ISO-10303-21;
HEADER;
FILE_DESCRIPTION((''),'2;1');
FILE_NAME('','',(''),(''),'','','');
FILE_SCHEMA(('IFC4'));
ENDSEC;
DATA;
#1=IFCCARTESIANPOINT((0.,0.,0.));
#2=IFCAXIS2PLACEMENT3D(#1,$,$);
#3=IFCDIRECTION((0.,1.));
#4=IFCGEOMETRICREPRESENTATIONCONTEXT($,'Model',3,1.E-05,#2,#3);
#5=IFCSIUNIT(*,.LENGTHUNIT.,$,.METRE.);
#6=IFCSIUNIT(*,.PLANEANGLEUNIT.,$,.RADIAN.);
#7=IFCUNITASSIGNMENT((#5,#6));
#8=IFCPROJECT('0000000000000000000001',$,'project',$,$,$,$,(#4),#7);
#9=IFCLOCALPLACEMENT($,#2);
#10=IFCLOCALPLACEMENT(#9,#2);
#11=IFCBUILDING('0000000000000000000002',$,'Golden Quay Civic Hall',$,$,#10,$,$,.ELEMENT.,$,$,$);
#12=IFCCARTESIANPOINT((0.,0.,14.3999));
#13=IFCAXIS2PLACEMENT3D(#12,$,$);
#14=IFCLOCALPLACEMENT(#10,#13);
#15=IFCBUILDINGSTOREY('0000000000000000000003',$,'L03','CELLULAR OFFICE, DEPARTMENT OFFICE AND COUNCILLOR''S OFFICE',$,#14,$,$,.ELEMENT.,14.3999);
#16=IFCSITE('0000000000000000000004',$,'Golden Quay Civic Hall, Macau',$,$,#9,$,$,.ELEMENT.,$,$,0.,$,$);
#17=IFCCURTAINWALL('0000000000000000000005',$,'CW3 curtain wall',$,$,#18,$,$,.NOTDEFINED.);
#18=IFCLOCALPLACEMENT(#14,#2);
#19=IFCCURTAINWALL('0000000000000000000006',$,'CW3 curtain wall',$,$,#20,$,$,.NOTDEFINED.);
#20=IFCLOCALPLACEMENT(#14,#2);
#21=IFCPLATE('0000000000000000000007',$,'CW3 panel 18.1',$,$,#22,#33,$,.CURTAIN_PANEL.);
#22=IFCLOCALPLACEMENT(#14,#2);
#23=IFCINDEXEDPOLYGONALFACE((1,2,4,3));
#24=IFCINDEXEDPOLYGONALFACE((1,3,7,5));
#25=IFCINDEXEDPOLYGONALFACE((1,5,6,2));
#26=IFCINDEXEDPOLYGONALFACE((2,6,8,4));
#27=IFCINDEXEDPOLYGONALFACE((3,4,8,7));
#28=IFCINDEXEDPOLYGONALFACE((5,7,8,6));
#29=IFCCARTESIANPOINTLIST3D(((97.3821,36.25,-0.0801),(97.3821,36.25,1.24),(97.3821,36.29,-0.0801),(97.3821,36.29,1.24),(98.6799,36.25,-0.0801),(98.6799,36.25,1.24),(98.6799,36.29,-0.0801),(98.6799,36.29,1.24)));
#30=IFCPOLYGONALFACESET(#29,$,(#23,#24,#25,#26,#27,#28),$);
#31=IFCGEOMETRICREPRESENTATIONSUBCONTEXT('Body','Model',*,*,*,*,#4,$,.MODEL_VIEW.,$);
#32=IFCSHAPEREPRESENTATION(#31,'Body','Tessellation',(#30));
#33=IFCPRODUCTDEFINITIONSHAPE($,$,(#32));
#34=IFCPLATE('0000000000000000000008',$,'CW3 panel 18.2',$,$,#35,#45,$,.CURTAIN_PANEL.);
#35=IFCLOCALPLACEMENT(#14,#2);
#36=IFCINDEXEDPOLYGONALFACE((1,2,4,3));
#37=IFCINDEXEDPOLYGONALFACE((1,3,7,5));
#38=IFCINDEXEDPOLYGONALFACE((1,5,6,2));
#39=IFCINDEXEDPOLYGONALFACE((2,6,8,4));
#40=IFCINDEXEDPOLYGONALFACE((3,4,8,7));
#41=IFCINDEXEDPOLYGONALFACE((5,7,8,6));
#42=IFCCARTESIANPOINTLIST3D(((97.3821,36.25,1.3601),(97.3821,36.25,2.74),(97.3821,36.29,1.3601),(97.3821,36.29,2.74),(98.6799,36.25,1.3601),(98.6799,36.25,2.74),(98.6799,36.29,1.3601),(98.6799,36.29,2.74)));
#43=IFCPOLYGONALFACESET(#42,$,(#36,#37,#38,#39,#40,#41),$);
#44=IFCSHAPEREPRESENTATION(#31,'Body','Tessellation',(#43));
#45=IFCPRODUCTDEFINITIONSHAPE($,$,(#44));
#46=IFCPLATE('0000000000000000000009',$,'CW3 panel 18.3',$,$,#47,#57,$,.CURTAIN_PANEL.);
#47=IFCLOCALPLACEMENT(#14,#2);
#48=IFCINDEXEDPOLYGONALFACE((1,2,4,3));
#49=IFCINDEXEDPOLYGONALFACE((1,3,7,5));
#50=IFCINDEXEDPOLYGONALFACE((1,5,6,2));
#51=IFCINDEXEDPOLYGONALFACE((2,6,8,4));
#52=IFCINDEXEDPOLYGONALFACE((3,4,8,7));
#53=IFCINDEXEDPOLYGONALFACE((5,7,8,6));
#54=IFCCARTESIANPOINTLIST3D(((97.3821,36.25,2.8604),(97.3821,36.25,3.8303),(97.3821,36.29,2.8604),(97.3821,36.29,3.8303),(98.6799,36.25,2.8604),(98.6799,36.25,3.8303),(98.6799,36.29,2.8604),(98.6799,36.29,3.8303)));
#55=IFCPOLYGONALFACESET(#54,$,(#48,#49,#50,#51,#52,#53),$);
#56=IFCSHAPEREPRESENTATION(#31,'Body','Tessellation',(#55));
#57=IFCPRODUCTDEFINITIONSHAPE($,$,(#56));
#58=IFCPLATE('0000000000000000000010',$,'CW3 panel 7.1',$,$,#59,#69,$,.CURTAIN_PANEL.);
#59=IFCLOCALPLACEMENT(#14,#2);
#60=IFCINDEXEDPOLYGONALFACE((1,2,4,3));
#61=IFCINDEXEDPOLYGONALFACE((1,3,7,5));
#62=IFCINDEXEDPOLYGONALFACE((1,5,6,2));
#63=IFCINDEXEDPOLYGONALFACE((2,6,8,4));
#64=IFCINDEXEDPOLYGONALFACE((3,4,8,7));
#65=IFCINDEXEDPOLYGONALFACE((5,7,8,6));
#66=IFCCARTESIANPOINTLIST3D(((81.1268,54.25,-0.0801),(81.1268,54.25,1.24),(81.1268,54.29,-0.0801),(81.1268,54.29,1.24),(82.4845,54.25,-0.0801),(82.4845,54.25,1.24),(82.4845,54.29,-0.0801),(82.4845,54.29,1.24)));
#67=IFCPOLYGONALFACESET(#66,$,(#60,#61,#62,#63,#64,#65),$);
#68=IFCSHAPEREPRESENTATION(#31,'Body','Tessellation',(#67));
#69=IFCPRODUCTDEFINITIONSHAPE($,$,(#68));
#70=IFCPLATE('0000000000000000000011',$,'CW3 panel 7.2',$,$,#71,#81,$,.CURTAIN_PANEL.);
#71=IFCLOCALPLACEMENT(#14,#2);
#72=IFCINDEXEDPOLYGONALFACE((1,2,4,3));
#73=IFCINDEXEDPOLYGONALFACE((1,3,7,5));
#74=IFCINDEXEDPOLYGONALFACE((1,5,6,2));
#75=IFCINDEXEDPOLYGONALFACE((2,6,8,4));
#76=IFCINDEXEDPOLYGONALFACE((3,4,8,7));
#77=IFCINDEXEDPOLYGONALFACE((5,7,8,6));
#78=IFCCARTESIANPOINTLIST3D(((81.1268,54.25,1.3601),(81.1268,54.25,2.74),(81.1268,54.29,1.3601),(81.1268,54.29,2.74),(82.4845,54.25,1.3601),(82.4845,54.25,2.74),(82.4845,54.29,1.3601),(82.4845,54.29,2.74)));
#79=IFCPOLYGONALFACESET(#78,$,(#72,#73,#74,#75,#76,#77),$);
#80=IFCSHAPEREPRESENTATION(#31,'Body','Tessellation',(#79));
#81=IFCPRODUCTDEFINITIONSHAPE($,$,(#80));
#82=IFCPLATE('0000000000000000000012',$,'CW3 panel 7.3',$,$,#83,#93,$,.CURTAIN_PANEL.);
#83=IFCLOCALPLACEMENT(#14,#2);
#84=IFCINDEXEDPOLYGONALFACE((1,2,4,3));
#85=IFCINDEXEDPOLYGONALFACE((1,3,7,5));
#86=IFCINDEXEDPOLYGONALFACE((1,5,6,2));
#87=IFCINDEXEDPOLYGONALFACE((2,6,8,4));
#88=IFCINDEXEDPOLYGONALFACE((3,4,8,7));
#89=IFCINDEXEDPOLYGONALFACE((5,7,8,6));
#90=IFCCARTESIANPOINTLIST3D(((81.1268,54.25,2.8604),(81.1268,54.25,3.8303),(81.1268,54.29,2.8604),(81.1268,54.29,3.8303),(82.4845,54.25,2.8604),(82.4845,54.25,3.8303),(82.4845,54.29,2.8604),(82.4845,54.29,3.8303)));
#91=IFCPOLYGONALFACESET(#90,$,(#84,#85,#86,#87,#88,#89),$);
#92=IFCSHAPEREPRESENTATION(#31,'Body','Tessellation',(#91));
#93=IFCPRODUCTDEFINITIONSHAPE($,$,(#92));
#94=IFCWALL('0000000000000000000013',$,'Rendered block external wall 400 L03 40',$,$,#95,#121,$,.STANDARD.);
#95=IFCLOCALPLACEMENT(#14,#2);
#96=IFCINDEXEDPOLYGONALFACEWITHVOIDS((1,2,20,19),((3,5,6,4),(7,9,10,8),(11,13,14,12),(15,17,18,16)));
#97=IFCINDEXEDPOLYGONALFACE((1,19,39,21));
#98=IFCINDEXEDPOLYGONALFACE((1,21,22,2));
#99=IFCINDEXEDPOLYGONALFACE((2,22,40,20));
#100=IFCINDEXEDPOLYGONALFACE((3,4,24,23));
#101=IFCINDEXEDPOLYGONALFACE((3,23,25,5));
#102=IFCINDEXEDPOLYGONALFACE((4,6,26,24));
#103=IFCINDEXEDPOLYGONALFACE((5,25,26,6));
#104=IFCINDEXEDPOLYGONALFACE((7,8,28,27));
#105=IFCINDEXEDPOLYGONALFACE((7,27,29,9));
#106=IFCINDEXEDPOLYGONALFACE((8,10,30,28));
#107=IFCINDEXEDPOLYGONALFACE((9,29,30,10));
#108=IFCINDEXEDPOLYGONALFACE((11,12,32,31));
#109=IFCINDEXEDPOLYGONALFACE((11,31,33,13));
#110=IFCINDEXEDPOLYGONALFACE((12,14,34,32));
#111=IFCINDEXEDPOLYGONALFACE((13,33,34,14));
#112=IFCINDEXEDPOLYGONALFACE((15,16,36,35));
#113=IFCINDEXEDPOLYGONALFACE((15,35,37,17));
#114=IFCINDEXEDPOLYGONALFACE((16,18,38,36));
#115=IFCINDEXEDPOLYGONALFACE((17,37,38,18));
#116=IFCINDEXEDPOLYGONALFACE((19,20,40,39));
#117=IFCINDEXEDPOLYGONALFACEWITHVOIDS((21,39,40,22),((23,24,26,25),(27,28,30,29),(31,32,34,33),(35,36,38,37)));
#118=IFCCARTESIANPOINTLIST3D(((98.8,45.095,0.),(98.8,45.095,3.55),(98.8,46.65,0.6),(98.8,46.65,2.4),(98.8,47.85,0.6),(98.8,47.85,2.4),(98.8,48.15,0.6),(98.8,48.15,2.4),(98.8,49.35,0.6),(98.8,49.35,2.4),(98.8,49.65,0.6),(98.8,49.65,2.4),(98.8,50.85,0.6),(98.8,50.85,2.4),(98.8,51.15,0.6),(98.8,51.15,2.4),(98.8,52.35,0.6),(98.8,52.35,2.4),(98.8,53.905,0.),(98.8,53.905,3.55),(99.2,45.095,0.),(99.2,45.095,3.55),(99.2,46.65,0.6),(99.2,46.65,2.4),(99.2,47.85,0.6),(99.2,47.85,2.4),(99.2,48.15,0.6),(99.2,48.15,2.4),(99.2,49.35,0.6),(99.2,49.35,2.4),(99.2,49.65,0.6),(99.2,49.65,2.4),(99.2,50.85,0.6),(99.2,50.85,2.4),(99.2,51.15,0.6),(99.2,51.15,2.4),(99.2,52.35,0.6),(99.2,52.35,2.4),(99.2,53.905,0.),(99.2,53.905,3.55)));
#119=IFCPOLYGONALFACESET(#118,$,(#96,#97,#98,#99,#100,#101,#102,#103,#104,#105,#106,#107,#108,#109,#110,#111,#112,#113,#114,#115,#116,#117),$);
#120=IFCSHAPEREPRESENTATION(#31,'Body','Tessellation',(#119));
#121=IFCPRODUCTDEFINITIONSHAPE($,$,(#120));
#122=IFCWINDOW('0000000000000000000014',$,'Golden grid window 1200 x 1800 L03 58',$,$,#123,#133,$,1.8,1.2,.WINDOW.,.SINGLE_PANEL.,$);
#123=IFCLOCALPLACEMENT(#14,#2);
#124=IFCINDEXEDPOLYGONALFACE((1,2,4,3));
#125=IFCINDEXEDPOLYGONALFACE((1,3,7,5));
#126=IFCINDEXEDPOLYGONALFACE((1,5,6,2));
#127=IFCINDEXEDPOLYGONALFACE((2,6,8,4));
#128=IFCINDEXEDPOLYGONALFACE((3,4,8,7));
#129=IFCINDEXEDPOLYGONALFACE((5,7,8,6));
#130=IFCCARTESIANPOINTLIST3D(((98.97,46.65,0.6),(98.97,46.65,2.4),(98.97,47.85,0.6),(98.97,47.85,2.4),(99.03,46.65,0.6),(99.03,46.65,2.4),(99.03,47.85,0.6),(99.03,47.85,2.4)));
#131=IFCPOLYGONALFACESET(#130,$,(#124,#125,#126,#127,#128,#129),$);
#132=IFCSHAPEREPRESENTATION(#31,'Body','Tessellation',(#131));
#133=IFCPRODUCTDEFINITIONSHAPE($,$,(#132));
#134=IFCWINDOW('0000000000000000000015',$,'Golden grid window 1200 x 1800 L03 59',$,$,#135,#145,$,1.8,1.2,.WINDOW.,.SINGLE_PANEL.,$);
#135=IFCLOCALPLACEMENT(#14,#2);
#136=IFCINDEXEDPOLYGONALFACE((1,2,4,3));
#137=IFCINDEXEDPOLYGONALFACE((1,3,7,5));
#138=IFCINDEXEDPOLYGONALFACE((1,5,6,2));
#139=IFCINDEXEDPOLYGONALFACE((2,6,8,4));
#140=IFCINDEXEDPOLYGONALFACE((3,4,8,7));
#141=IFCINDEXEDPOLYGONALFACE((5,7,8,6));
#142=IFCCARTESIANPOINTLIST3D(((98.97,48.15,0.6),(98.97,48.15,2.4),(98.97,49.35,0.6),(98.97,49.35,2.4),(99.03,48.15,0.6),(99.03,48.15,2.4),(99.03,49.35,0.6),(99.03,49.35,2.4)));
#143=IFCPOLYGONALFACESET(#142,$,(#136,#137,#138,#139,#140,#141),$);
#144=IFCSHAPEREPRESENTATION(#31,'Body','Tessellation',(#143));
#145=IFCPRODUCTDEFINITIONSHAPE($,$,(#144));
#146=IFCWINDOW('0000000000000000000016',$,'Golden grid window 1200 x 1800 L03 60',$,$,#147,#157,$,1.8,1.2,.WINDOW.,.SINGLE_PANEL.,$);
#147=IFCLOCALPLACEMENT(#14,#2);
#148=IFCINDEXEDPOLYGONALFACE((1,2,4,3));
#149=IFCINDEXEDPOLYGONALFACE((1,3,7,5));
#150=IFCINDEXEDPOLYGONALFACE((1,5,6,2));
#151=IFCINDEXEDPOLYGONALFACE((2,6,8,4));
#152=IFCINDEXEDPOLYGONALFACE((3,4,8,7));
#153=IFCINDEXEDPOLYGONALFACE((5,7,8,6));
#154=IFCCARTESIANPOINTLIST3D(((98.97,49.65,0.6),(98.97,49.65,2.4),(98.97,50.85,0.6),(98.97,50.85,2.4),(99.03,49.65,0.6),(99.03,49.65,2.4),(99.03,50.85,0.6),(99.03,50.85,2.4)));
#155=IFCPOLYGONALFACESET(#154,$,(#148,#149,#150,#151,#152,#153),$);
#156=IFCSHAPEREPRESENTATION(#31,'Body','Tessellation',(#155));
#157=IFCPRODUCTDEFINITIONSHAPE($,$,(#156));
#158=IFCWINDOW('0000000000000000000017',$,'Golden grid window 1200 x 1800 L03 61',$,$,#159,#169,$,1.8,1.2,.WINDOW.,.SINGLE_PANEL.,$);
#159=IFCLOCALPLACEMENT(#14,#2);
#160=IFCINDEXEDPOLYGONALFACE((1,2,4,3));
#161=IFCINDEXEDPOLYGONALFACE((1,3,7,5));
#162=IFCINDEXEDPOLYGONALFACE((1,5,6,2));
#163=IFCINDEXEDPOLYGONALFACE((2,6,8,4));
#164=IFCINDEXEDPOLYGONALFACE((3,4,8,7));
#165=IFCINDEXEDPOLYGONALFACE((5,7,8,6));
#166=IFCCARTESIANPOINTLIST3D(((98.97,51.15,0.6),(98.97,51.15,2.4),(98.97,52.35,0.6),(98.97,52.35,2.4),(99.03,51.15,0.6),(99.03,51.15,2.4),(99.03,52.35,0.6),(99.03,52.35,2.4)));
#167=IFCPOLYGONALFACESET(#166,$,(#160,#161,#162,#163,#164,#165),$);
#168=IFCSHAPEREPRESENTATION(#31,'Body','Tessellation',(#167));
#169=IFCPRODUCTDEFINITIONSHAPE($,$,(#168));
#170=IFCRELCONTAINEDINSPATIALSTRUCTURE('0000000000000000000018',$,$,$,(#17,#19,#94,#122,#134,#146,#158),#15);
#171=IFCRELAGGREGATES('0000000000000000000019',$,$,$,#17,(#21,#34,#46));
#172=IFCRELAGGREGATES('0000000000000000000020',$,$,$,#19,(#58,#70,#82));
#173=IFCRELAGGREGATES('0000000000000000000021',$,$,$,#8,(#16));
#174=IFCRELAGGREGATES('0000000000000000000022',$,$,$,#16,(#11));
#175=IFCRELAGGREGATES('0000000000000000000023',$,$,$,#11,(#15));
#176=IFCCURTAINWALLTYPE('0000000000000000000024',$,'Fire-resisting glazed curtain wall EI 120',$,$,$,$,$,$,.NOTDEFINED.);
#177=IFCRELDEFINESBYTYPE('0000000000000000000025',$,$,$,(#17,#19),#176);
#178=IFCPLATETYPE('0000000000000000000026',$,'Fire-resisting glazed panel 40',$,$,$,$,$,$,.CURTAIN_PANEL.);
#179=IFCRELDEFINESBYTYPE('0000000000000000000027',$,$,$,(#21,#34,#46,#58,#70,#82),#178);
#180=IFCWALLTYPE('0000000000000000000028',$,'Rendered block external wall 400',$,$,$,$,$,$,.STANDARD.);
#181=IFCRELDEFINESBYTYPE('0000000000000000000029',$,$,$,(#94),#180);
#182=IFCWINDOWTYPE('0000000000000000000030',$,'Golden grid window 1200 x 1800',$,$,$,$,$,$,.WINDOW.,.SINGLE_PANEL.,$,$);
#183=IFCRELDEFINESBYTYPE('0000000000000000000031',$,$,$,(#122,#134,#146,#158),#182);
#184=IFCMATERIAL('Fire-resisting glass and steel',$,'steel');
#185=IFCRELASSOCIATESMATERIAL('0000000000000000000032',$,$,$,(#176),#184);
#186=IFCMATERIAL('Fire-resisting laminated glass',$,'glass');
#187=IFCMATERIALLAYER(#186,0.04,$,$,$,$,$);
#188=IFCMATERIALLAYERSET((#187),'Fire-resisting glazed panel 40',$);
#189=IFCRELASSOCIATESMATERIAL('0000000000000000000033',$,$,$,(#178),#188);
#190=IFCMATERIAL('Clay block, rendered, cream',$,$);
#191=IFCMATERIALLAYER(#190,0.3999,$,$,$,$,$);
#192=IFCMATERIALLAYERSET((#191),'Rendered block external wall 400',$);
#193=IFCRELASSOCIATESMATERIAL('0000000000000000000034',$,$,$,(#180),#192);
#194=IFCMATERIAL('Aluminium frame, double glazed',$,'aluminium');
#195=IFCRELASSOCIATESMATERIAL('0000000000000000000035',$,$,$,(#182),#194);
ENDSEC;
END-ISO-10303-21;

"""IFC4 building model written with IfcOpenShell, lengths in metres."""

from ifc_helpers import new_model, si_unit, direction, frame, frame_2d, origin, origin_2d, place, context, subcontext, project, spatial, rectangle, extrude, material, layer, layer_set, type_object, element, fill, aggregate, save


model = new_model("IFC4")

# Units and contexts
model_context = context("Model", 3, precision=1e-05, world=origin(), true_north=direction((0.0, 1.0)))
body_context = subcontext(model_context, "Body", "Model", "MODEL_VIEW")
ifc_project = project(units=[si_unit("LENGTHUNIT", "METRE"), si_unit("PLANEANGLEUNIT", "RADIAN")], contexts=[model_context])

# Site, building, storey
site_placement = place(None, origin())
site = spatial("IfcSite", under=ifc_project, at=site_placement, Name="Golden Quay Civic Hall, Macau", CompositionType="ELEMENT", RefElevation=0.0)
building_placement = place(site_placement, origin())
building = spatial("IfcBuilding", under=site, at=building_placement, Name="Golden Quay Civic Hall", CompositionType="ELEMENT")
storey_placement = place(building_placement, frame((0.0, 0.0, 14.3999)))
storey = spatial("IfcBuildingStorey", under=building, at=storey_placement, Name="L03", Description="CELLULAR OFFICE, DEPARTMENT OFFICE AND COUNCILLOR'S OFFICE", CompositionType="ELEMENT", Elevation=14.3999)

# Curtain walls
ifc_material_1 = material(Name="Fire-resisting glass and steel", Category="steel")
curtain_wall_type_1 = type_object("IfcCurtainWallType", Name="Fire-resisting glazed curtain wall EI 120", PredefinedType="NOTDEFINED", material=ifc_material_1)
curtain_wall_1_placement = place(storey_placement, origin())
curtain_wall_1 = element("IfcCurtainWall", 1, at=curtain_wall_1_placement, inside=storey, type_object=curtain_wall_type_1, Name="CW3 curtain wall", PredefinedType="NOTDEFINED")
curtain_wall_2_placement = place(storey_placement, origin())
curtain_wall_2 = element("IfcCurtainWall", 2, at=curtain_wall_2_placement, inside=storey, type_object=curtain_wall_type_1, Name="CW3 curtain wall", PredefinedType="NOTDEFINED")

# Plates
ifc_material_2 = material(Name="Fire-resisting laminated glass", Category="glass")
ifc_layer_1 = layer(ifc_material_2, 0.04)
ifc_layer_set_1 = layer_set([ifc_layer_1], Name="Fire-resisting glazed panel 40")
plate_type = type_object("IfcPlateType", Name="Fire-resisting glazed panel 40", PredefinedType="CURTAIN_PANEL", material=ifc_layer_set_1)
plate_1_placement = place(storey_placement, frame((98.031, 36.27, -0.0801), z_axis=(0.0, 0.0, 1.0), x_axis=(1.0, 0.0, 0.0)))
plate_1 = element("IfcPlate", 3, at=plate_1_placement, type_object=plate_type, Name="CW3 panel 18.1", PredefinedType="CURTAIN_PANEL", context=body_context, shape_type="SweptSolid", body=[
    extrude(rectangle(XDim=1.2979, YDim=0.04, at=origin_2d()), origin(), (0.0, 0.0, 1.0), 1.3201),
])
plate_2_placement = place(storey_placement, frame((98.031, 36.27, 1.3601), z_axis=(0.0, 0.0, 1.0), x_axis=(1.0, 0.0, 0.0)))
plate_2 = element("IfcPlate", 4, at=plate_2_placement, type_object=plate_type, Name="CW3 panel 18.2", PredefinedType="CURTAIN_PANEL", context=body_context, shape_type="SweptSolid", body=[
    extrude(rectangle(XDim=1.2979, YDim=0.04, at=origin_2d()), origin(), (0.0, 0.0, 1.0), 1.3799),
])
plate_3_placement = place(storey_placement, frame((98.031, 36.27, 2.8604), z_axis=(0.0, 0.0, 1.0), x_axis=(1.0, 0.0, 0.0)))
plate_3 = element("IfcPlate", 5, at=plate_3_placement, type_object=plate_type, Name="CW3 panel 18.3", PredefinedType="CURTAIN_PANEL", context=body_context, shape_type="SweptSolid", body=[
    extrude(rectangle(XDim=1.2979, YDim=0.04, at=origin_2d()), origin(), (0.0, 0.0, 1.0), 0.97),
])
aggregate(curtain_wall_1, [plate_1, plate_2, plate_3])
plate_4_placement = place(storey_placement, frame((81.8057, 54.27, -0.0801), z_axis=(0.0, 0.0, 1.0), x_axis=(1.0, 0.0, 0.0)))
plate_4 = element("IfcPlate", 6, at=plate_4_placement, type_object=plate_type, Name="CW3 panel 7.1", PredefinedType="CURTAIN_PANEL", context=body_context, shape_type="SweptSolid", body=[
    extrude(rectangle(XDim=1.3577, YDim=0.04, at=origin_2d()), origin(), (0.0, 0.0, 1.0), 1.3201),
])
plate_5_placement = place(storey_placement, frame((81.8057, 54.27, 1.3601), z_axis=(0.0, 0.0, 1.0), x_axis=(1.0, 0.0, 0.0)))
plate_5 = element("IfcPlate", 7, at=plate_5_placement, type_object=plate_type, Name="CW3 panel 7.2", PredefinedType="CURTAIN_PANEL", context=body_context, shape_type="SweptSolid", body=[
    extrude(rectangle(XDim=1.3577, YDim=0.04, at=origin_2d()), origin(), (0.0, 0.0, 1.0), 1.3799),
])
plate_6_placement = place(storey_placement, frame((81.8057, 54.27, 2.8604), z_axis=(0.0, 0.0, 1.0), x_axis=(1.0, 0.0, 0.0)))
plate_6 = element("IfcPlate", 8, at=plate_6_placement, type_object=plate_type, Name="CW3 panel 7.3", PredefinedType="CURTAIN_PANEL", context=body_context, shape_type="SweptSolid", body=[
    extrude(rectangle(XDim=1.3577, YDim=0.04, at=origin_2d()), origin(), (0.0, 0.0, 1.0), 0.97),
])
aggregate(curtain_wall_2, [plate_4, plate_5, plate_6])

# Wall, openings, windows
ifc_material_3 = material(Name="Clay block, rendered, cream")
ifc_layer_2 = layer(ifc_material_3, 0.3999)
ifc_layer_set_2 = layer_set([ifc_layer_2], Name="Rendered block external wall 400")
wall_type = type_object("IfcWallType", Name="Rendered block external wall 400", PredefinedType="STANDARD", material=ifc_layer_set_2)
wall_1_placement = place(storey_placement, frame((99.0, 45.095, 0.0), z_axis=(0.0, 0.0, 1.0), x_axis=(0.0, 1.0, 0.0)))
wall_1 = element("IfcWall", 9, at=wall_1_placement, inside=storey, type_object=wall_type, Name="Rendered block external wall 400 L03 40", PredefinedType="STANDARD", context=body_context, shape_type="SweptSolid", body=[
    extrude(rectangle(XDim=8.8101, YDim=0.3999, at=frame_2d((4.405, 0.0))), origin(), (0.0, 0.0, 1.0), 3.55),
])
opening_1_placement = place(wall_1_placement, frame((1.5549, 0.0, 0.6001)))
opening_1 = element("IfcOpeningElement", 10, at=opening_1_placement, cuts=wall_1, PredefinedType="OPENING", context=body_context, shape_type="SweptSolid", body=[
    extrude(rectangle(XDim=1.2, YDim=1.8, at=frame_2d((0.6001, 0.8999))), frame((0.0, 0.21, 0.0), z_axis=(0.0, -1.0, 0.0), x_axis=(1.0, 0.0, 0.0)), (0.0, 0.0, 1.0), 0.4199),
])
opening_2_placement = place(wall_1_placement, frame((3.0549, 0.0, 0.6001)))
opening_2 = element("IfcOpeningElement", 11, at=opening_2_placement, cuts=wall_1, PredefinedType="OPENING", context=body_context, shape_type="SweptSolid", body=[
    extrude(rectangle(XDim=1.2, YDim=1.8, at=frame_2d((0.6001, 0.8999))), frame((0.0, 0.21, 0.0), z_axis=(0.0, -1.0, 0.0), x_axis=(1.0, 0.0, 0.0)), (0.0, 0.0, 1.0), 0.4199),
])
opening_3_placement = place(wall_1_placement, frame((4.5549, 0.0, 0.6001)))
opening_3 = element("IfcOpeningElement", 12, at=opening_3_placement, cuts=wall_1, PredefinedType="OPENING", context=body_context, shape_type="SweptSolid", body=[
    extrude(rectangle(XDim=1.2, YDim=1.8, at=frame_2d((0.6001, 0.8999))), frame((0.0, 0.21, 0.0), z_axis=(0.0, -1.0, 0.0), x_axis=(1.0, 0.0, 0.0)), (0.0, 0.0, 1.0), 0.4199),
])
opening_4_placement = place(wall_1_placement, frame((6.0549, 0.0, 0.6001)))
opening_4 = element("IfcOpeningElement", 13, at=opening_4_placement, cuts=wall_1, PredefinedType="OPENING", context=body_context, shape_type="SweptSolid", body=[
    extrude(rectangle(XDim=1.2, YDim=1.8, at=frame_2d((0.6001, 0.8999))), frame((0.0, 0.21, 0.0), z_axis=(0.0, -1.0, 0.0), x_axis=(1.0, 0.0, 0.0)), (0.0, 0.0, 1.0), 0.4199),
])
ifc_material_4 = material(Name="Aluminium frame, double glazed", Category="aluminium")
window_type = type_object("IfcWindowType", Name="Golden grid window 1200 x 1800", PartitioningType="SINGLE_PANEL", PredefinedType="WINDOW", material=ifc_material_4)
window_1_placement = place(opening_1_placement, origin())
window_1 = element("IfcWindow", 14, at=window_1_placement, inside=storey, type_object=window_type, Name="Golden grid window 1200 x 1800 L03 58", OverallHeight=1.8, OverallWidth=1.2, PartitioningType="SINGLE_PANEL", PredefinedType="WINDOW", context=body_context, shape_type="SweptSolid", body=[
    extrude(rectangle(XDim=1.2, YDim=1.8, at=frame_2d((0.6001, 0.8999))), frame((0.0, 0.03, 0.0), z_axis=(0.0, -1.0, 0.0), x_axis=(1.0, 0.0, 0.0)), (0.0, 0.0, 1.0), 0.0601),
])
fill(opening_1, window_1)
window_2_placement = place(opening_2_placement, origin())
window_2 = element("IfcWindow", 15, at=window_2_placement, inside=storey, type_object=window_type, Name="Golden grid window 1200 x 1800 L03 59", OverallHeight=1.8, OverallWidth=1.2, PartitioningType="SINGLE_PANEL", PredefinedType="WINDOW", context=body_context, shape_type="SweptSolid", body=[
    extrude(rectangle(XDim=1.2, YDim=1.8, at=frame_2d((0.6001, 0.8999))), frame((0.0, 0.03, 0.0), z_axis=(0.0, -1.0, 0.0), x_axis=(1.0, 0.0, 0.0)), (0.0, 0.0, 1.0), 0.0601),
])
fill(opening_2, window_2)
window_3_placement = place(opening_3_placement, origin())
window_3 = element("IfcWindow", 16, at=window_3_placement, inside=storey, type_object=window_type, Name="Golden grid window 1200 x 1800 L03 60", OverallHeight=1.8, OverallWidth=1.2, PartitioningType="SINGLE_PANEL", PredefinedType="WINDOW", context=body_context, shape_type="SweptSolid", body=[
    extrude(rectangle(XDim=1.2, YDim=1.8, at=frame_2d((0.6001, 0.8999))), frame((0.0, 0.03, 0.0), z_axis=(0.0, -1.0, 0.0), x_axis=(1.0, 0.0, 0.0)), (0.0, 0.0, 1.0), 0.0601),
])
fill(opening_3, window_3)
window_4_placement = place(opening_4_placement, origin())
window_4 = element("IfcWindow", 17, at=window_4_placement, inside=storey, type_object=window_type, Name="Golden grid window 1200 x 1800 L03 61", OverallHeight=1.8, OverallWidth=1.2, PartitioningType="SINGLE_PANEL", PredefinedType="WINDOW", context=body_context, shape_type="SweptSolid", body=[
    extrude(rectangle(XDim=1.2, YDim=1.8, at=frame_2d((0.6001, 0.8999))), frame((0.0, 0.03, 0.0), z_axis=(0.0, -1.0, 0.0), x_axis=(1.0, 0.0, 0.0)), (0.0, 0.0, 1.0), 0.0601),
])
fill(opening_4, window_4)

save(model, "model.ifc")
